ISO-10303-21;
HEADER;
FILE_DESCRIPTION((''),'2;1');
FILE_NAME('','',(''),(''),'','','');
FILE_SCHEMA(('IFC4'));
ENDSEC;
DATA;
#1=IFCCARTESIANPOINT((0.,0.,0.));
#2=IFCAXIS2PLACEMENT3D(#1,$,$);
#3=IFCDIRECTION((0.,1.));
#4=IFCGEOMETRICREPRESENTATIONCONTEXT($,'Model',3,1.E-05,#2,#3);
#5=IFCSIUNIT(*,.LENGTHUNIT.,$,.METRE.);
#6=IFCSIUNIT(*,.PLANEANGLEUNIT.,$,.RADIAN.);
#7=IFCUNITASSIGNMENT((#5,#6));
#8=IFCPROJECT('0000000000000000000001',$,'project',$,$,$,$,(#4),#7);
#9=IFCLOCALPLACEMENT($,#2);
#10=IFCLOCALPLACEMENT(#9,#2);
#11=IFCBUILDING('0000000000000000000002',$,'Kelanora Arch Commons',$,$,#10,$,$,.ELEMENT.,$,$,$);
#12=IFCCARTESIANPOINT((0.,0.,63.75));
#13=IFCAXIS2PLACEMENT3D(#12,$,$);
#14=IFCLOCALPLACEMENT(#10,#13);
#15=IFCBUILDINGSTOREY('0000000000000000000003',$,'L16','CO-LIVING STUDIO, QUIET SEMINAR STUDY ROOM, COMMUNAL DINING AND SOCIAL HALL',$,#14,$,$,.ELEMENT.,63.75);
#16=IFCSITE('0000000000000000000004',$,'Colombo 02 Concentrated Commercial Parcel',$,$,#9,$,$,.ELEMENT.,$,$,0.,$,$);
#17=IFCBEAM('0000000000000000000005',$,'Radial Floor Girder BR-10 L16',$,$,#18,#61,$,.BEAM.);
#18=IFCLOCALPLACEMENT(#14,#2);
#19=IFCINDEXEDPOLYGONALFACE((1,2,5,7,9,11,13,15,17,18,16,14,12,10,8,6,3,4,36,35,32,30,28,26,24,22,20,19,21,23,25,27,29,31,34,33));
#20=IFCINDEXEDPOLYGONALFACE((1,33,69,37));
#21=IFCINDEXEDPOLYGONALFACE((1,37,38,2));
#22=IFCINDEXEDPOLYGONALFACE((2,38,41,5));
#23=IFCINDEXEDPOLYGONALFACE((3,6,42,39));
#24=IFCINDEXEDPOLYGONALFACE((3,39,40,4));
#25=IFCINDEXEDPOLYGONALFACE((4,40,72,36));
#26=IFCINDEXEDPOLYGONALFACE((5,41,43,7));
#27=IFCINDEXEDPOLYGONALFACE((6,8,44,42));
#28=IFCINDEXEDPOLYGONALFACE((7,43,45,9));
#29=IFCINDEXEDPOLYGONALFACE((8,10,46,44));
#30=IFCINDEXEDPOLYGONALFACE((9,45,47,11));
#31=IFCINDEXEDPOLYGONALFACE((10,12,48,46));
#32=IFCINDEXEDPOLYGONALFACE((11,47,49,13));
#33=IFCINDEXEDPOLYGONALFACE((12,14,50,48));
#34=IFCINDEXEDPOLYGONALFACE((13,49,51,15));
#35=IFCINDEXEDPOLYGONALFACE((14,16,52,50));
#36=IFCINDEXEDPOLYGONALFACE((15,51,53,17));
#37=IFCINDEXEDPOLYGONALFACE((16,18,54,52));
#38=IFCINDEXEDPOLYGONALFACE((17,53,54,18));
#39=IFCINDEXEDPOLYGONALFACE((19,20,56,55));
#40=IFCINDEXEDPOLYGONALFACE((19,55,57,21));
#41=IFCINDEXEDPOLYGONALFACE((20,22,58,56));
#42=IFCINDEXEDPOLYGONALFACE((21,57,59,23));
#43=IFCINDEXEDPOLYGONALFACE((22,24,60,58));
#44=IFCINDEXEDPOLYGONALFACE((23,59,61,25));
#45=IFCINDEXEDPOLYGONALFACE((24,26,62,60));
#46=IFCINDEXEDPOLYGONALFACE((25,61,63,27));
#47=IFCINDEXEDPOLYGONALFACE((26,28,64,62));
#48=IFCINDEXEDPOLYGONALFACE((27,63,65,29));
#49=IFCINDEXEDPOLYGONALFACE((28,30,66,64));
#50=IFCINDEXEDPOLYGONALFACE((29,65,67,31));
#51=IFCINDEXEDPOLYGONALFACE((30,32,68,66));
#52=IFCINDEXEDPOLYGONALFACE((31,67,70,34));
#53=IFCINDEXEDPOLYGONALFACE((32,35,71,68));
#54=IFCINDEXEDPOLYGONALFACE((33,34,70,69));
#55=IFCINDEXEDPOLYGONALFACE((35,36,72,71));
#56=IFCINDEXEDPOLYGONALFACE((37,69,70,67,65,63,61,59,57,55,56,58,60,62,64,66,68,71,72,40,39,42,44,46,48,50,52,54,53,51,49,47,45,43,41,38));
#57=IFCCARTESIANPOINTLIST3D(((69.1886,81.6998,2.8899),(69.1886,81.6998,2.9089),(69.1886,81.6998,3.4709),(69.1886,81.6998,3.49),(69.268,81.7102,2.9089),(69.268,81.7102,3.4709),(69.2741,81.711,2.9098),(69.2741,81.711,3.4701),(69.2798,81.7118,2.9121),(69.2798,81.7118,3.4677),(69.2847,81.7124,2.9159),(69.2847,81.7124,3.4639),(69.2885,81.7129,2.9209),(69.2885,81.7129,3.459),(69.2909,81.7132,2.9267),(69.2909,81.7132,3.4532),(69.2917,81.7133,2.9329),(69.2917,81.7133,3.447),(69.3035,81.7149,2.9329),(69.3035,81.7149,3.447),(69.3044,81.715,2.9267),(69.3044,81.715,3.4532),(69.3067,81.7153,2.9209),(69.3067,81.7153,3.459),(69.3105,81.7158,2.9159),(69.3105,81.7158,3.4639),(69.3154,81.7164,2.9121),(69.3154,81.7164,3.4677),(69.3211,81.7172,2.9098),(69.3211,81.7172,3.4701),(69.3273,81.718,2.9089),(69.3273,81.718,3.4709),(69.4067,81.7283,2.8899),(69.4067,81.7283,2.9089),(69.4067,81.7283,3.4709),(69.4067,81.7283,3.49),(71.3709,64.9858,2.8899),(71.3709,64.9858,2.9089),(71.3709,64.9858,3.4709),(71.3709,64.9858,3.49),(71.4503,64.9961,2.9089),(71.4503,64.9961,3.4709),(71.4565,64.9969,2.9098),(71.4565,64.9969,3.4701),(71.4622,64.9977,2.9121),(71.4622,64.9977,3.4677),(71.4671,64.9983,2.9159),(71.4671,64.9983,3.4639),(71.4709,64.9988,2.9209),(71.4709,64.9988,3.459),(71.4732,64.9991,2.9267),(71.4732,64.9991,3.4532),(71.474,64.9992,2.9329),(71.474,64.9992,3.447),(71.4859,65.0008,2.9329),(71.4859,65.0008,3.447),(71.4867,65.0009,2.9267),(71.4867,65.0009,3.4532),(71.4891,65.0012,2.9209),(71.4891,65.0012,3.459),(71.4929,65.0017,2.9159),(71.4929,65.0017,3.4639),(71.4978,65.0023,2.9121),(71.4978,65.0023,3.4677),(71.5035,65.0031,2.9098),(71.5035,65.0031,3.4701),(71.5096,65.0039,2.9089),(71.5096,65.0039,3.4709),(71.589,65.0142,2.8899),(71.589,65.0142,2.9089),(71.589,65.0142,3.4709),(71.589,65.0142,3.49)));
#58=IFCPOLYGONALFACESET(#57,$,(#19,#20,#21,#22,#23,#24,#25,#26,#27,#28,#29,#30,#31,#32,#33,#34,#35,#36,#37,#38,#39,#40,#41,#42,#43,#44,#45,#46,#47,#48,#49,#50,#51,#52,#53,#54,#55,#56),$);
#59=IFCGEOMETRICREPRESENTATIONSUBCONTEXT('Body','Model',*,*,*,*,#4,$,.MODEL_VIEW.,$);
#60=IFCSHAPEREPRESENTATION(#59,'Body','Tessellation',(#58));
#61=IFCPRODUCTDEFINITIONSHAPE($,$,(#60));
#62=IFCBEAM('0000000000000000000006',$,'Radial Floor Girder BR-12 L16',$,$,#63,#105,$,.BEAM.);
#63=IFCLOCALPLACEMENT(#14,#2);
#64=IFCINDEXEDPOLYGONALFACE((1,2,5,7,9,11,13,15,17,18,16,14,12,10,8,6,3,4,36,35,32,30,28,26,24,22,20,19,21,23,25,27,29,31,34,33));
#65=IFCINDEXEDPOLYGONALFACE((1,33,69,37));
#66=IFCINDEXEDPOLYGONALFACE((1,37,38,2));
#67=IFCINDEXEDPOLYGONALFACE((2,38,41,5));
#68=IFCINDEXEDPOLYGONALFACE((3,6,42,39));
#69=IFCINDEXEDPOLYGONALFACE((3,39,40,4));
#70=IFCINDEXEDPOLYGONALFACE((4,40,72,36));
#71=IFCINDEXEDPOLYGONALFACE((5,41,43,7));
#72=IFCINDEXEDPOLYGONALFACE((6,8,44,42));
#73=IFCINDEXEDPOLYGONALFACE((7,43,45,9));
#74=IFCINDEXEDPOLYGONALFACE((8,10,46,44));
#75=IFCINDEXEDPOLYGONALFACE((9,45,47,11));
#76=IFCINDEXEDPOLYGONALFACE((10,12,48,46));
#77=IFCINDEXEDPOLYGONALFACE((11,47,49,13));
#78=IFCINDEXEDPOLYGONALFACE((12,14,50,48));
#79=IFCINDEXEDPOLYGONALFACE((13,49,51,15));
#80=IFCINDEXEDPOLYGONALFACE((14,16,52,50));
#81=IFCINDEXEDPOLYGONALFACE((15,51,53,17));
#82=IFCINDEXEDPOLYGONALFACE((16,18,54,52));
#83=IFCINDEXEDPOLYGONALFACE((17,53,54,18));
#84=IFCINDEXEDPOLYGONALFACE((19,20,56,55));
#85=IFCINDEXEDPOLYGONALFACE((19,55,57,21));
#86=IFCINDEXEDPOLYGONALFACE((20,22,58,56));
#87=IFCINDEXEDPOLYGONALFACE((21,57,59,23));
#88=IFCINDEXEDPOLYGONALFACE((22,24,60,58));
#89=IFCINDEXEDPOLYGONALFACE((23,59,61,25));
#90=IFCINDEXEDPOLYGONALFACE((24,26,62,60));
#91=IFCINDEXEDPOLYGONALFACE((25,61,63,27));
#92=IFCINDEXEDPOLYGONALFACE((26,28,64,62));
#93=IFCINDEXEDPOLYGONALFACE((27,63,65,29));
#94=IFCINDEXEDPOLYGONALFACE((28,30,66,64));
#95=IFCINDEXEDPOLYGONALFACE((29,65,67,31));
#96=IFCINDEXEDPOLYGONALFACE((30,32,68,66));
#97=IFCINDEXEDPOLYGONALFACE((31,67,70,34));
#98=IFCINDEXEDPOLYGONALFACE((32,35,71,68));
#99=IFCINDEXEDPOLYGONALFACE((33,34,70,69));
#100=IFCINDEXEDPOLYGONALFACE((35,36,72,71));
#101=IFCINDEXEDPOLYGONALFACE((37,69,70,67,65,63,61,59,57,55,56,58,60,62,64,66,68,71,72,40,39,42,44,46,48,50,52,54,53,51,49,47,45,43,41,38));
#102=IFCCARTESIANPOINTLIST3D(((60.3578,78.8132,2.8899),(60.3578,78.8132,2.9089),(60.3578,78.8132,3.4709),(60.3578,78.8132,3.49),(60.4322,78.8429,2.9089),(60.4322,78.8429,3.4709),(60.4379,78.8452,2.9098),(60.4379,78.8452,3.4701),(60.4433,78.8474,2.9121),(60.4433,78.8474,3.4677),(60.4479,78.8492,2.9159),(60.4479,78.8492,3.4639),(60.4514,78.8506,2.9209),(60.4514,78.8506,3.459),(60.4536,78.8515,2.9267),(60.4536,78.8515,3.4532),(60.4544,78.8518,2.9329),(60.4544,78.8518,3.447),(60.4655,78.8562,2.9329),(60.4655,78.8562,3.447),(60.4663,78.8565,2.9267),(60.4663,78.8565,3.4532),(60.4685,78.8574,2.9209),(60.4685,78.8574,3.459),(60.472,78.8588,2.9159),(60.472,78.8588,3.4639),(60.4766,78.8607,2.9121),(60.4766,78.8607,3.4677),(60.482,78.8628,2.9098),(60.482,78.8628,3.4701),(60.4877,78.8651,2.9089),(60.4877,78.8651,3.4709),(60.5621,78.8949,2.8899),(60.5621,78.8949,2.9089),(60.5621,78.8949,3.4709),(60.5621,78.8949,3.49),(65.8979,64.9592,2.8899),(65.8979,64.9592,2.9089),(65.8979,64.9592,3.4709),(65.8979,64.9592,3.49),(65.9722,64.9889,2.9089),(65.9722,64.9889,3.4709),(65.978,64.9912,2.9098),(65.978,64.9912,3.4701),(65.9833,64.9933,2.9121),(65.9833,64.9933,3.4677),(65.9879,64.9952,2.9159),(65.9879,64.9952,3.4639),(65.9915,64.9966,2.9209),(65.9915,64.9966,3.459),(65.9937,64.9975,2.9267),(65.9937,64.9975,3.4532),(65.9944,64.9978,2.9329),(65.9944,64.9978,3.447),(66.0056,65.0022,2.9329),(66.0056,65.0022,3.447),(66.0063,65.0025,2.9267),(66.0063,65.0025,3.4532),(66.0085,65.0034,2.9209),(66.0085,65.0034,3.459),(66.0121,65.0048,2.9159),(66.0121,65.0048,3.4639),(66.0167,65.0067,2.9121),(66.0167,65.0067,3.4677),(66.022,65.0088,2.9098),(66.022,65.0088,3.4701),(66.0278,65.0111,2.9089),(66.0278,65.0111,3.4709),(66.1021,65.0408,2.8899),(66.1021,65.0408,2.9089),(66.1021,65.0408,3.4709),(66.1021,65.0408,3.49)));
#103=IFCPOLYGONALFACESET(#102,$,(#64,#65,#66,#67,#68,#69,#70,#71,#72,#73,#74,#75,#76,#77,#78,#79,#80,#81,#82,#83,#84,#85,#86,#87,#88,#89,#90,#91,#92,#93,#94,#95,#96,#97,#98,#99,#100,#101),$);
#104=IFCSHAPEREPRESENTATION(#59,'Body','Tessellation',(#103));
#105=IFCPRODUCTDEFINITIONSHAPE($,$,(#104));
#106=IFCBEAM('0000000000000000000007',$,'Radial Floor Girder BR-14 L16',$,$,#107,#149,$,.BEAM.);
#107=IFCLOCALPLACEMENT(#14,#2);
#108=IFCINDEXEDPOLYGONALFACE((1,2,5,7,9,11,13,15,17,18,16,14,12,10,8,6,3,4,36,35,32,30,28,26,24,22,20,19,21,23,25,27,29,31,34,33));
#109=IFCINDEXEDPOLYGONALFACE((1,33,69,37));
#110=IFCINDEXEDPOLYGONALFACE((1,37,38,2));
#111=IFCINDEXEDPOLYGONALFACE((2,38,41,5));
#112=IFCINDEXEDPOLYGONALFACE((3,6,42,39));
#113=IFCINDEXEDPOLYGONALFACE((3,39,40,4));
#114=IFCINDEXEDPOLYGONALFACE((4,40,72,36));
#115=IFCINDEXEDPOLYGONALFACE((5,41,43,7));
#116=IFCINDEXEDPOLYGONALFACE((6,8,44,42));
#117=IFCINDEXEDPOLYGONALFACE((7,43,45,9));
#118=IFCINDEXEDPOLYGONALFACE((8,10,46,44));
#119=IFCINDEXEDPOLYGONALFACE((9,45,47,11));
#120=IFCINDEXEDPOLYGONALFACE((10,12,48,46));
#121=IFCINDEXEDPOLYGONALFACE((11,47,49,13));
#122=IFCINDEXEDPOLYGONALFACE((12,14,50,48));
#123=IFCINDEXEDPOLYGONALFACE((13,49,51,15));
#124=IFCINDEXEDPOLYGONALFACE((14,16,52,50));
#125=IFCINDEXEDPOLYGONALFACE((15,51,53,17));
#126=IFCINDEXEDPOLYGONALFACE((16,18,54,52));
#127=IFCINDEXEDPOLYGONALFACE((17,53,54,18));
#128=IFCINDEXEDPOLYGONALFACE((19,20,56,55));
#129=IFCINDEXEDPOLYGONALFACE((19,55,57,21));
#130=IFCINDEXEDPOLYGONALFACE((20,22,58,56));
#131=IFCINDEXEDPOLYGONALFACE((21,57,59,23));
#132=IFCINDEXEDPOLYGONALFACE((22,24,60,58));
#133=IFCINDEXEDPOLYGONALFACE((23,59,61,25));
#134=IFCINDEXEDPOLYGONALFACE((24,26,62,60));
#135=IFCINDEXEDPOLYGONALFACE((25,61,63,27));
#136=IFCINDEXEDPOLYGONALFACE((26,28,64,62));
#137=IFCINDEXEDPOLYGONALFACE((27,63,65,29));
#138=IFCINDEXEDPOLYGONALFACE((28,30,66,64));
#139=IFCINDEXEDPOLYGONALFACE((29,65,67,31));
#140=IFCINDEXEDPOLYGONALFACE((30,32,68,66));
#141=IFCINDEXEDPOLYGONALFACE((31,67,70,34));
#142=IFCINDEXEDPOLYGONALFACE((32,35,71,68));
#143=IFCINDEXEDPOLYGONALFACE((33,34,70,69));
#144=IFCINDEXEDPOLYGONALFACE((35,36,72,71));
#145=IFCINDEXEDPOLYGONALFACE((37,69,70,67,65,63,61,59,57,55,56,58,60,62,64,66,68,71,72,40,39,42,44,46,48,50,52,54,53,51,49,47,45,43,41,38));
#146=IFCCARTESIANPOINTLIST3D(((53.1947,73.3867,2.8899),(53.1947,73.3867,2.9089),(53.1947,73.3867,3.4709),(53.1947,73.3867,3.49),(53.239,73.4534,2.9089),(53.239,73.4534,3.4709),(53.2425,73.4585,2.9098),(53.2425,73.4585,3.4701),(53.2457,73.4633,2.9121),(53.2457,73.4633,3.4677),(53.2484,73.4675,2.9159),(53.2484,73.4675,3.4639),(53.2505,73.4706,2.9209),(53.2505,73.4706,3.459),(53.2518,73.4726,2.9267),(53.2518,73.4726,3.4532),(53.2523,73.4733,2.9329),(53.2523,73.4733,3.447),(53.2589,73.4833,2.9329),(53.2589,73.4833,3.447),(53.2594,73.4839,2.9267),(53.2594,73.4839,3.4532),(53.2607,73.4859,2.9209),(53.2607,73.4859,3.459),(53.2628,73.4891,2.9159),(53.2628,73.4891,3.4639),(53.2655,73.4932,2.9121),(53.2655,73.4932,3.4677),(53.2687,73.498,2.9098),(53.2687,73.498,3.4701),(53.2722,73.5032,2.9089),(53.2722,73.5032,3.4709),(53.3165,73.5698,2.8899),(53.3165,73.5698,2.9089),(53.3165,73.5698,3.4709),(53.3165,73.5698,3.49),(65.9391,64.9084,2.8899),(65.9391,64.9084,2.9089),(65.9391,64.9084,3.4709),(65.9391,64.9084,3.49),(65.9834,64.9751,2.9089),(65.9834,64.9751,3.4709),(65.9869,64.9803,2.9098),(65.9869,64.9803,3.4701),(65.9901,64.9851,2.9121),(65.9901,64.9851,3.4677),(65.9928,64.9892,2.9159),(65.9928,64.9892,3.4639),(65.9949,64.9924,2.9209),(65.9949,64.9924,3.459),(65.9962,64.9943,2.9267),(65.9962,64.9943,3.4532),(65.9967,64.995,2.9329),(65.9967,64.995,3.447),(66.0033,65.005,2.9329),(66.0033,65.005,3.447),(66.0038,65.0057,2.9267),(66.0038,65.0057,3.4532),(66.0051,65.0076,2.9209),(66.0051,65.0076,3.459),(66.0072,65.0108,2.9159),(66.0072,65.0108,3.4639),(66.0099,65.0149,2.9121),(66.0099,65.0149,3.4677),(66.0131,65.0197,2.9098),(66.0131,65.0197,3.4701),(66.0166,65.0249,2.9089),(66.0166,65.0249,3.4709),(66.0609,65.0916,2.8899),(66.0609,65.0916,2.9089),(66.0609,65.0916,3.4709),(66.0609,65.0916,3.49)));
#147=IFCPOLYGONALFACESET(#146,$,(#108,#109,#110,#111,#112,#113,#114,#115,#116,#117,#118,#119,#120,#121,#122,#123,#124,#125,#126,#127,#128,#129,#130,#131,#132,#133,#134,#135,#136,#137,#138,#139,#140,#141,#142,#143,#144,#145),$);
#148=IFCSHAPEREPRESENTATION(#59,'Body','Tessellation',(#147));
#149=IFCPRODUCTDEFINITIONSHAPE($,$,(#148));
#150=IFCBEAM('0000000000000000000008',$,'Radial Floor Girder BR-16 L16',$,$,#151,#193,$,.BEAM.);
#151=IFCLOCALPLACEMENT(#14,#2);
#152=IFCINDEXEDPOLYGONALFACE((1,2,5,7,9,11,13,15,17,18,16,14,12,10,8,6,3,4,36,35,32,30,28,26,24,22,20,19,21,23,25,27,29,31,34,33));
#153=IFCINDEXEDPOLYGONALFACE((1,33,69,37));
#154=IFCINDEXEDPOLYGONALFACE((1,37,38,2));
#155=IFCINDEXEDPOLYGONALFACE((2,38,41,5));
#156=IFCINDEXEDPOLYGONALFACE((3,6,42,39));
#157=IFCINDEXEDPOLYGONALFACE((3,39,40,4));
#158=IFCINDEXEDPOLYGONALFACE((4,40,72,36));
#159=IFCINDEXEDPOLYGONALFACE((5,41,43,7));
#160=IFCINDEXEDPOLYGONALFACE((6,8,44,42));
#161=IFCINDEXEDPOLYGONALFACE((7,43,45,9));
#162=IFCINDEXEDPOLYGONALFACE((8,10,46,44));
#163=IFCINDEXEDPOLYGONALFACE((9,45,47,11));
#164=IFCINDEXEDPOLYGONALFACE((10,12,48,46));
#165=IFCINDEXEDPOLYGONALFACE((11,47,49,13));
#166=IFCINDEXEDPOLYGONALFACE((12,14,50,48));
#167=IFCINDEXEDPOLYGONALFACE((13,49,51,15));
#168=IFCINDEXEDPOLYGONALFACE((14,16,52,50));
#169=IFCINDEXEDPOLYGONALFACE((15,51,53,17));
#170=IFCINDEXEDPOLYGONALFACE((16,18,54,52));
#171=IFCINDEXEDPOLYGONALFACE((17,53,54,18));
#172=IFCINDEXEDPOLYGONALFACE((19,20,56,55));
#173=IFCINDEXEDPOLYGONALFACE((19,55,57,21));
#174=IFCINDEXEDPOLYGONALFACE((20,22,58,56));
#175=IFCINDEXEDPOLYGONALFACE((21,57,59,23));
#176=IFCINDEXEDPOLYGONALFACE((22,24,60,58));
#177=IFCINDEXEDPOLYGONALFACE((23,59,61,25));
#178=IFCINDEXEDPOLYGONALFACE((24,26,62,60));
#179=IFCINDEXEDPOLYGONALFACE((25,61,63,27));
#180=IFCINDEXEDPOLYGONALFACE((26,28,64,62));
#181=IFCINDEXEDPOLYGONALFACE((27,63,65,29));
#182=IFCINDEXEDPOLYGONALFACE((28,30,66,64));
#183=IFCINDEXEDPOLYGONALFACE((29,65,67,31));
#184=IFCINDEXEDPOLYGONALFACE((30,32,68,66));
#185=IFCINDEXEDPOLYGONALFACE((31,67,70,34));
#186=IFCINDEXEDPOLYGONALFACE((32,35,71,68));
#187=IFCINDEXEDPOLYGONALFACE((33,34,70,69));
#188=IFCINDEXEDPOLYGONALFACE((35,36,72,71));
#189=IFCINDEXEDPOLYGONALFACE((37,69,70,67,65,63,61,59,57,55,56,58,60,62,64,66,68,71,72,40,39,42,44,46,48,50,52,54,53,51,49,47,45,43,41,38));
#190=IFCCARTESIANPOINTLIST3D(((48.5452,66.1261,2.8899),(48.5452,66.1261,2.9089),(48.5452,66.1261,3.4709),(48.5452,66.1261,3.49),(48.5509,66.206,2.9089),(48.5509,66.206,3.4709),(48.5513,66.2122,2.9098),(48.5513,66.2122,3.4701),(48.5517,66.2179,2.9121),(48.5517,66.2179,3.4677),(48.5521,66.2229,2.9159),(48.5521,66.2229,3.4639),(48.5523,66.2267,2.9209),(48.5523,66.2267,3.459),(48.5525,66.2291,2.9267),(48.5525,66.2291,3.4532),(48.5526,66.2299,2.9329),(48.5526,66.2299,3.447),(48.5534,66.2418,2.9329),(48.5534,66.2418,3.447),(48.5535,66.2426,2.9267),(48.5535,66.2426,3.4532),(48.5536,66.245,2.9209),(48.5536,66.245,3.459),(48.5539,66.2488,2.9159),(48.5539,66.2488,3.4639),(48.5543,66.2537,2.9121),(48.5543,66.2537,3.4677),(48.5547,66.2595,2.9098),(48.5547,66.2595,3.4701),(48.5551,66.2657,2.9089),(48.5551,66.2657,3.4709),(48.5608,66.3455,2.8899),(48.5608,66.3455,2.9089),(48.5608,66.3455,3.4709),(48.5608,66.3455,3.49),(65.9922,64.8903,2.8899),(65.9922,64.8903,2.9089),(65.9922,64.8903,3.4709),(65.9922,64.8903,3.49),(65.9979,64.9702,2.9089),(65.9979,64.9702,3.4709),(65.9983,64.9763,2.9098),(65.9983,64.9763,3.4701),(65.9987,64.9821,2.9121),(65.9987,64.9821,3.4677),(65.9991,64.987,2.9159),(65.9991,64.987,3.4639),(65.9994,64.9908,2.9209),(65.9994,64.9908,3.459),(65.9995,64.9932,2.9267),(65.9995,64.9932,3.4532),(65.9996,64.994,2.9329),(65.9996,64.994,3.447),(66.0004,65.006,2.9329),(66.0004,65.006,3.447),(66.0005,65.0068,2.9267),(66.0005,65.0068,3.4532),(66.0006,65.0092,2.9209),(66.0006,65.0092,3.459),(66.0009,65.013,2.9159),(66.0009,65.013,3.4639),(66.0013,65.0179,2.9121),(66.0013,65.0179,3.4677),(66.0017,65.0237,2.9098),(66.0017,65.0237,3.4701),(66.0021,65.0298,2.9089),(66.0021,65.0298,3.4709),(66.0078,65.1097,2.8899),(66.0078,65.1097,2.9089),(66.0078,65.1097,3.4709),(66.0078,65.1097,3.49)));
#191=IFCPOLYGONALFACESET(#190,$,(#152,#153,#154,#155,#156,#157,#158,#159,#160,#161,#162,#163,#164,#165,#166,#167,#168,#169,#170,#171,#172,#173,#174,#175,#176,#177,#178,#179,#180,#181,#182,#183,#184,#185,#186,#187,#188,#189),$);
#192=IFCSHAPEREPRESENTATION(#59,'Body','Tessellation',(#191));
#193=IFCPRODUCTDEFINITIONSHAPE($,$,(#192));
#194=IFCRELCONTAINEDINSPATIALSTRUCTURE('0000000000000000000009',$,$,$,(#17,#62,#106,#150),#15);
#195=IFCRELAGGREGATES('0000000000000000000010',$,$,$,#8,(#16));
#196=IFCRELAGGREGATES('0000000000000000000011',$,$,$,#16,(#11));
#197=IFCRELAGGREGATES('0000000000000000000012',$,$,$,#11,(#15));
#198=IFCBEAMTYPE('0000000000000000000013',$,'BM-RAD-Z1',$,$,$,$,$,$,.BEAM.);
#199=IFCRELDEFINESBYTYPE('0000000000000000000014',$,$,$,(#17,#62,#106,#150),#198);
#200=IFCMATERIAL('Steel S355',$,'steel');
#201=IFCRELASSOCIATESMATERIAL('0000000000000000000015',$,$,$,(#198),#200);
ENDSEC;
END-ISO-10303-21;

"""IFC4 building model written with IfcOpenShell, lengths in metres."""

from ifc_helpers import new_model, si_unit, direction, frame, origin, origin_2d, place, context, subcontext, project, spatial, i_section, extrude, material, material_profile, profile_set, type_object, element, save


model = new_model("IFC4")

# Units and contexts
model_context = context("Model", 3, precision=1e-05, world=origin(), true_north=direction((0.0, 1.0)))
body_context = subcontext(model_context, "Body", "Model", "MODEL_VIEW")
ifc_project = project(units=[si_unit("LENGTHUNIT", "METRE"), si_unit("PLANEANGLEUNIT", "RADIAN")], contexts=[model_context])

# Site, building, storey
site_placement = place(None, origin())
site = spatial("IfcSite", under=ifc_project, at=site_placement, Name="Colombo 02 Concentrated Commercial Parcel", CompositionType="ELEMENT", RefElevation=0.0)
building_placement = place(site_placement, origin())
building = spatial("IfcBuilding", under=site, at=building_placement, Name="Kelanora Arch Commons", CompositionType="ELEMENT")
storey_placement = place(building_placement, frame((0.0, 0.0, 63.75)))
storey = spatial("IfcBuildingStorey", under=building, at=storey_placement, Name="L16", Description="CO-LIVING STUDIO, QUIET SEMINAR STUDY ROOM, COMMUNAL DINING AND SOCIAL HALL", CompositionType="ELEMENT", Elevation=63.75)

# Beams
ifc_material_1 = material(Name="Steel S355", Category="steel")
ifc_material_profile_1 = material_profile(ifc_material_1, i_section(OverallWidth=0.22, OverallDepth=0.6001, WebThickness=0.012, FlangeThickness=0.019, FilletRadius=0.0239, at=origin_2d()), Name="IPE600")
ifc_profile_set_1 = profile_set([ifc_material_profile_1], Name="Steel S355")
beam_type_1 = type_object("IfcBeamType", Name="BM-RAD-Z1", PredefinedType="BEAM", material=ifc_profile_set_1)
beam_1_placement = place(storey_placement, frame((71.48, 65.0, 3.1899), z_axis=(-0.129472, 0.991583, 0.0), x_axis=(-0.991583, -0.129472, 0.0)))
element("IfcBeam", 1, at=beam_1_placement, inside=storey, type_object=beam_type_1, Name="Radial Floor Girder BR-10 L16", PredefinedType="BEAM", context=body_context, shape_type="SweptSolid", body=[
    extrude(i_section(OverallWidth=0.22, OverallDepth=0.6001, WebThickness=0.012, FlangeThickness=0.019, FilletRadius=0.0239, at=origin_2d()), origin(), (0.0, 0.0, 1.0), 16.856),
])
beam_2_placement = place(storey_placement, frame((66.0, 65.0, 3.1899), z_axis=(-0.3713, 0.928513, 0.0), x_axis=(-0.928513, -0.3713, 0.0)))
element("IfcBeam", 2, at=beam_2_placement, inside=storey, type_object=beam_type_1, Name="Radial Floor Girder BR-12 L16", PredefinedType="BEAM", context=body_context, shape_type="SweptSolid", body=[
    extrude(i_section(OverallWidth=0.22, OverallDepth=0.6001, WebThickness=0.012, FlangeThickness=0.019, FilletRadius=0.0239, at=origin_2d()), origin(), (0.0, 0.0, 1.0), 14.9207),
])
beam_3_placement = place(storey_placement, frame((66.0, 65.0, 3.1899), z_axis=(-0.832592, 0.553886, 0.0), x_axis=(-0.553886, -0.832592, 0.0)))
element("IfcBeam", 3, at=beam_3_placement, inside=storey, type_object=beam_type_1, Name="Radial Floor Girder BR-14 L16", PredefinedType="BEAM", context=body_context, shape_type="SweptSolid", body=[
    extrude(i_section(OverallWidth=0.22, OverallDepth=0.6001, WebThickness=0.012, FlangeThickness=0.019, FilletRadius=0.0239, at=origin_2d()), origin(), (0.0, 0.0, 1.0), 15.3069),
])
beam_4_placement = place(storey_placement, frame((66.0, 65.0, 3.1899), z_axis=(-0.997501, 0.070657, 0.0), x_axis=(-0.070657, -0.997501, 0.0)))
element("IfcBeam", 4, at=beam_4_placement, inside=storey, type_object=beam_type_1, Name="Radial Floor Girder BR-16 L16", PredefinedType="BEAM", context=body_context, shape_type="SweptSolid", body=[
    extrude(i_section(OverallWidth=0.22, OverallDepth=0.6001, WebThickness=0.012, FlangeThickness=0.019, FilletRadius=0.0239, at=origin_2d()), origin(), (0.0, 0.0, 1.0), 17.4907),
])

save(model, "model.ifc")
